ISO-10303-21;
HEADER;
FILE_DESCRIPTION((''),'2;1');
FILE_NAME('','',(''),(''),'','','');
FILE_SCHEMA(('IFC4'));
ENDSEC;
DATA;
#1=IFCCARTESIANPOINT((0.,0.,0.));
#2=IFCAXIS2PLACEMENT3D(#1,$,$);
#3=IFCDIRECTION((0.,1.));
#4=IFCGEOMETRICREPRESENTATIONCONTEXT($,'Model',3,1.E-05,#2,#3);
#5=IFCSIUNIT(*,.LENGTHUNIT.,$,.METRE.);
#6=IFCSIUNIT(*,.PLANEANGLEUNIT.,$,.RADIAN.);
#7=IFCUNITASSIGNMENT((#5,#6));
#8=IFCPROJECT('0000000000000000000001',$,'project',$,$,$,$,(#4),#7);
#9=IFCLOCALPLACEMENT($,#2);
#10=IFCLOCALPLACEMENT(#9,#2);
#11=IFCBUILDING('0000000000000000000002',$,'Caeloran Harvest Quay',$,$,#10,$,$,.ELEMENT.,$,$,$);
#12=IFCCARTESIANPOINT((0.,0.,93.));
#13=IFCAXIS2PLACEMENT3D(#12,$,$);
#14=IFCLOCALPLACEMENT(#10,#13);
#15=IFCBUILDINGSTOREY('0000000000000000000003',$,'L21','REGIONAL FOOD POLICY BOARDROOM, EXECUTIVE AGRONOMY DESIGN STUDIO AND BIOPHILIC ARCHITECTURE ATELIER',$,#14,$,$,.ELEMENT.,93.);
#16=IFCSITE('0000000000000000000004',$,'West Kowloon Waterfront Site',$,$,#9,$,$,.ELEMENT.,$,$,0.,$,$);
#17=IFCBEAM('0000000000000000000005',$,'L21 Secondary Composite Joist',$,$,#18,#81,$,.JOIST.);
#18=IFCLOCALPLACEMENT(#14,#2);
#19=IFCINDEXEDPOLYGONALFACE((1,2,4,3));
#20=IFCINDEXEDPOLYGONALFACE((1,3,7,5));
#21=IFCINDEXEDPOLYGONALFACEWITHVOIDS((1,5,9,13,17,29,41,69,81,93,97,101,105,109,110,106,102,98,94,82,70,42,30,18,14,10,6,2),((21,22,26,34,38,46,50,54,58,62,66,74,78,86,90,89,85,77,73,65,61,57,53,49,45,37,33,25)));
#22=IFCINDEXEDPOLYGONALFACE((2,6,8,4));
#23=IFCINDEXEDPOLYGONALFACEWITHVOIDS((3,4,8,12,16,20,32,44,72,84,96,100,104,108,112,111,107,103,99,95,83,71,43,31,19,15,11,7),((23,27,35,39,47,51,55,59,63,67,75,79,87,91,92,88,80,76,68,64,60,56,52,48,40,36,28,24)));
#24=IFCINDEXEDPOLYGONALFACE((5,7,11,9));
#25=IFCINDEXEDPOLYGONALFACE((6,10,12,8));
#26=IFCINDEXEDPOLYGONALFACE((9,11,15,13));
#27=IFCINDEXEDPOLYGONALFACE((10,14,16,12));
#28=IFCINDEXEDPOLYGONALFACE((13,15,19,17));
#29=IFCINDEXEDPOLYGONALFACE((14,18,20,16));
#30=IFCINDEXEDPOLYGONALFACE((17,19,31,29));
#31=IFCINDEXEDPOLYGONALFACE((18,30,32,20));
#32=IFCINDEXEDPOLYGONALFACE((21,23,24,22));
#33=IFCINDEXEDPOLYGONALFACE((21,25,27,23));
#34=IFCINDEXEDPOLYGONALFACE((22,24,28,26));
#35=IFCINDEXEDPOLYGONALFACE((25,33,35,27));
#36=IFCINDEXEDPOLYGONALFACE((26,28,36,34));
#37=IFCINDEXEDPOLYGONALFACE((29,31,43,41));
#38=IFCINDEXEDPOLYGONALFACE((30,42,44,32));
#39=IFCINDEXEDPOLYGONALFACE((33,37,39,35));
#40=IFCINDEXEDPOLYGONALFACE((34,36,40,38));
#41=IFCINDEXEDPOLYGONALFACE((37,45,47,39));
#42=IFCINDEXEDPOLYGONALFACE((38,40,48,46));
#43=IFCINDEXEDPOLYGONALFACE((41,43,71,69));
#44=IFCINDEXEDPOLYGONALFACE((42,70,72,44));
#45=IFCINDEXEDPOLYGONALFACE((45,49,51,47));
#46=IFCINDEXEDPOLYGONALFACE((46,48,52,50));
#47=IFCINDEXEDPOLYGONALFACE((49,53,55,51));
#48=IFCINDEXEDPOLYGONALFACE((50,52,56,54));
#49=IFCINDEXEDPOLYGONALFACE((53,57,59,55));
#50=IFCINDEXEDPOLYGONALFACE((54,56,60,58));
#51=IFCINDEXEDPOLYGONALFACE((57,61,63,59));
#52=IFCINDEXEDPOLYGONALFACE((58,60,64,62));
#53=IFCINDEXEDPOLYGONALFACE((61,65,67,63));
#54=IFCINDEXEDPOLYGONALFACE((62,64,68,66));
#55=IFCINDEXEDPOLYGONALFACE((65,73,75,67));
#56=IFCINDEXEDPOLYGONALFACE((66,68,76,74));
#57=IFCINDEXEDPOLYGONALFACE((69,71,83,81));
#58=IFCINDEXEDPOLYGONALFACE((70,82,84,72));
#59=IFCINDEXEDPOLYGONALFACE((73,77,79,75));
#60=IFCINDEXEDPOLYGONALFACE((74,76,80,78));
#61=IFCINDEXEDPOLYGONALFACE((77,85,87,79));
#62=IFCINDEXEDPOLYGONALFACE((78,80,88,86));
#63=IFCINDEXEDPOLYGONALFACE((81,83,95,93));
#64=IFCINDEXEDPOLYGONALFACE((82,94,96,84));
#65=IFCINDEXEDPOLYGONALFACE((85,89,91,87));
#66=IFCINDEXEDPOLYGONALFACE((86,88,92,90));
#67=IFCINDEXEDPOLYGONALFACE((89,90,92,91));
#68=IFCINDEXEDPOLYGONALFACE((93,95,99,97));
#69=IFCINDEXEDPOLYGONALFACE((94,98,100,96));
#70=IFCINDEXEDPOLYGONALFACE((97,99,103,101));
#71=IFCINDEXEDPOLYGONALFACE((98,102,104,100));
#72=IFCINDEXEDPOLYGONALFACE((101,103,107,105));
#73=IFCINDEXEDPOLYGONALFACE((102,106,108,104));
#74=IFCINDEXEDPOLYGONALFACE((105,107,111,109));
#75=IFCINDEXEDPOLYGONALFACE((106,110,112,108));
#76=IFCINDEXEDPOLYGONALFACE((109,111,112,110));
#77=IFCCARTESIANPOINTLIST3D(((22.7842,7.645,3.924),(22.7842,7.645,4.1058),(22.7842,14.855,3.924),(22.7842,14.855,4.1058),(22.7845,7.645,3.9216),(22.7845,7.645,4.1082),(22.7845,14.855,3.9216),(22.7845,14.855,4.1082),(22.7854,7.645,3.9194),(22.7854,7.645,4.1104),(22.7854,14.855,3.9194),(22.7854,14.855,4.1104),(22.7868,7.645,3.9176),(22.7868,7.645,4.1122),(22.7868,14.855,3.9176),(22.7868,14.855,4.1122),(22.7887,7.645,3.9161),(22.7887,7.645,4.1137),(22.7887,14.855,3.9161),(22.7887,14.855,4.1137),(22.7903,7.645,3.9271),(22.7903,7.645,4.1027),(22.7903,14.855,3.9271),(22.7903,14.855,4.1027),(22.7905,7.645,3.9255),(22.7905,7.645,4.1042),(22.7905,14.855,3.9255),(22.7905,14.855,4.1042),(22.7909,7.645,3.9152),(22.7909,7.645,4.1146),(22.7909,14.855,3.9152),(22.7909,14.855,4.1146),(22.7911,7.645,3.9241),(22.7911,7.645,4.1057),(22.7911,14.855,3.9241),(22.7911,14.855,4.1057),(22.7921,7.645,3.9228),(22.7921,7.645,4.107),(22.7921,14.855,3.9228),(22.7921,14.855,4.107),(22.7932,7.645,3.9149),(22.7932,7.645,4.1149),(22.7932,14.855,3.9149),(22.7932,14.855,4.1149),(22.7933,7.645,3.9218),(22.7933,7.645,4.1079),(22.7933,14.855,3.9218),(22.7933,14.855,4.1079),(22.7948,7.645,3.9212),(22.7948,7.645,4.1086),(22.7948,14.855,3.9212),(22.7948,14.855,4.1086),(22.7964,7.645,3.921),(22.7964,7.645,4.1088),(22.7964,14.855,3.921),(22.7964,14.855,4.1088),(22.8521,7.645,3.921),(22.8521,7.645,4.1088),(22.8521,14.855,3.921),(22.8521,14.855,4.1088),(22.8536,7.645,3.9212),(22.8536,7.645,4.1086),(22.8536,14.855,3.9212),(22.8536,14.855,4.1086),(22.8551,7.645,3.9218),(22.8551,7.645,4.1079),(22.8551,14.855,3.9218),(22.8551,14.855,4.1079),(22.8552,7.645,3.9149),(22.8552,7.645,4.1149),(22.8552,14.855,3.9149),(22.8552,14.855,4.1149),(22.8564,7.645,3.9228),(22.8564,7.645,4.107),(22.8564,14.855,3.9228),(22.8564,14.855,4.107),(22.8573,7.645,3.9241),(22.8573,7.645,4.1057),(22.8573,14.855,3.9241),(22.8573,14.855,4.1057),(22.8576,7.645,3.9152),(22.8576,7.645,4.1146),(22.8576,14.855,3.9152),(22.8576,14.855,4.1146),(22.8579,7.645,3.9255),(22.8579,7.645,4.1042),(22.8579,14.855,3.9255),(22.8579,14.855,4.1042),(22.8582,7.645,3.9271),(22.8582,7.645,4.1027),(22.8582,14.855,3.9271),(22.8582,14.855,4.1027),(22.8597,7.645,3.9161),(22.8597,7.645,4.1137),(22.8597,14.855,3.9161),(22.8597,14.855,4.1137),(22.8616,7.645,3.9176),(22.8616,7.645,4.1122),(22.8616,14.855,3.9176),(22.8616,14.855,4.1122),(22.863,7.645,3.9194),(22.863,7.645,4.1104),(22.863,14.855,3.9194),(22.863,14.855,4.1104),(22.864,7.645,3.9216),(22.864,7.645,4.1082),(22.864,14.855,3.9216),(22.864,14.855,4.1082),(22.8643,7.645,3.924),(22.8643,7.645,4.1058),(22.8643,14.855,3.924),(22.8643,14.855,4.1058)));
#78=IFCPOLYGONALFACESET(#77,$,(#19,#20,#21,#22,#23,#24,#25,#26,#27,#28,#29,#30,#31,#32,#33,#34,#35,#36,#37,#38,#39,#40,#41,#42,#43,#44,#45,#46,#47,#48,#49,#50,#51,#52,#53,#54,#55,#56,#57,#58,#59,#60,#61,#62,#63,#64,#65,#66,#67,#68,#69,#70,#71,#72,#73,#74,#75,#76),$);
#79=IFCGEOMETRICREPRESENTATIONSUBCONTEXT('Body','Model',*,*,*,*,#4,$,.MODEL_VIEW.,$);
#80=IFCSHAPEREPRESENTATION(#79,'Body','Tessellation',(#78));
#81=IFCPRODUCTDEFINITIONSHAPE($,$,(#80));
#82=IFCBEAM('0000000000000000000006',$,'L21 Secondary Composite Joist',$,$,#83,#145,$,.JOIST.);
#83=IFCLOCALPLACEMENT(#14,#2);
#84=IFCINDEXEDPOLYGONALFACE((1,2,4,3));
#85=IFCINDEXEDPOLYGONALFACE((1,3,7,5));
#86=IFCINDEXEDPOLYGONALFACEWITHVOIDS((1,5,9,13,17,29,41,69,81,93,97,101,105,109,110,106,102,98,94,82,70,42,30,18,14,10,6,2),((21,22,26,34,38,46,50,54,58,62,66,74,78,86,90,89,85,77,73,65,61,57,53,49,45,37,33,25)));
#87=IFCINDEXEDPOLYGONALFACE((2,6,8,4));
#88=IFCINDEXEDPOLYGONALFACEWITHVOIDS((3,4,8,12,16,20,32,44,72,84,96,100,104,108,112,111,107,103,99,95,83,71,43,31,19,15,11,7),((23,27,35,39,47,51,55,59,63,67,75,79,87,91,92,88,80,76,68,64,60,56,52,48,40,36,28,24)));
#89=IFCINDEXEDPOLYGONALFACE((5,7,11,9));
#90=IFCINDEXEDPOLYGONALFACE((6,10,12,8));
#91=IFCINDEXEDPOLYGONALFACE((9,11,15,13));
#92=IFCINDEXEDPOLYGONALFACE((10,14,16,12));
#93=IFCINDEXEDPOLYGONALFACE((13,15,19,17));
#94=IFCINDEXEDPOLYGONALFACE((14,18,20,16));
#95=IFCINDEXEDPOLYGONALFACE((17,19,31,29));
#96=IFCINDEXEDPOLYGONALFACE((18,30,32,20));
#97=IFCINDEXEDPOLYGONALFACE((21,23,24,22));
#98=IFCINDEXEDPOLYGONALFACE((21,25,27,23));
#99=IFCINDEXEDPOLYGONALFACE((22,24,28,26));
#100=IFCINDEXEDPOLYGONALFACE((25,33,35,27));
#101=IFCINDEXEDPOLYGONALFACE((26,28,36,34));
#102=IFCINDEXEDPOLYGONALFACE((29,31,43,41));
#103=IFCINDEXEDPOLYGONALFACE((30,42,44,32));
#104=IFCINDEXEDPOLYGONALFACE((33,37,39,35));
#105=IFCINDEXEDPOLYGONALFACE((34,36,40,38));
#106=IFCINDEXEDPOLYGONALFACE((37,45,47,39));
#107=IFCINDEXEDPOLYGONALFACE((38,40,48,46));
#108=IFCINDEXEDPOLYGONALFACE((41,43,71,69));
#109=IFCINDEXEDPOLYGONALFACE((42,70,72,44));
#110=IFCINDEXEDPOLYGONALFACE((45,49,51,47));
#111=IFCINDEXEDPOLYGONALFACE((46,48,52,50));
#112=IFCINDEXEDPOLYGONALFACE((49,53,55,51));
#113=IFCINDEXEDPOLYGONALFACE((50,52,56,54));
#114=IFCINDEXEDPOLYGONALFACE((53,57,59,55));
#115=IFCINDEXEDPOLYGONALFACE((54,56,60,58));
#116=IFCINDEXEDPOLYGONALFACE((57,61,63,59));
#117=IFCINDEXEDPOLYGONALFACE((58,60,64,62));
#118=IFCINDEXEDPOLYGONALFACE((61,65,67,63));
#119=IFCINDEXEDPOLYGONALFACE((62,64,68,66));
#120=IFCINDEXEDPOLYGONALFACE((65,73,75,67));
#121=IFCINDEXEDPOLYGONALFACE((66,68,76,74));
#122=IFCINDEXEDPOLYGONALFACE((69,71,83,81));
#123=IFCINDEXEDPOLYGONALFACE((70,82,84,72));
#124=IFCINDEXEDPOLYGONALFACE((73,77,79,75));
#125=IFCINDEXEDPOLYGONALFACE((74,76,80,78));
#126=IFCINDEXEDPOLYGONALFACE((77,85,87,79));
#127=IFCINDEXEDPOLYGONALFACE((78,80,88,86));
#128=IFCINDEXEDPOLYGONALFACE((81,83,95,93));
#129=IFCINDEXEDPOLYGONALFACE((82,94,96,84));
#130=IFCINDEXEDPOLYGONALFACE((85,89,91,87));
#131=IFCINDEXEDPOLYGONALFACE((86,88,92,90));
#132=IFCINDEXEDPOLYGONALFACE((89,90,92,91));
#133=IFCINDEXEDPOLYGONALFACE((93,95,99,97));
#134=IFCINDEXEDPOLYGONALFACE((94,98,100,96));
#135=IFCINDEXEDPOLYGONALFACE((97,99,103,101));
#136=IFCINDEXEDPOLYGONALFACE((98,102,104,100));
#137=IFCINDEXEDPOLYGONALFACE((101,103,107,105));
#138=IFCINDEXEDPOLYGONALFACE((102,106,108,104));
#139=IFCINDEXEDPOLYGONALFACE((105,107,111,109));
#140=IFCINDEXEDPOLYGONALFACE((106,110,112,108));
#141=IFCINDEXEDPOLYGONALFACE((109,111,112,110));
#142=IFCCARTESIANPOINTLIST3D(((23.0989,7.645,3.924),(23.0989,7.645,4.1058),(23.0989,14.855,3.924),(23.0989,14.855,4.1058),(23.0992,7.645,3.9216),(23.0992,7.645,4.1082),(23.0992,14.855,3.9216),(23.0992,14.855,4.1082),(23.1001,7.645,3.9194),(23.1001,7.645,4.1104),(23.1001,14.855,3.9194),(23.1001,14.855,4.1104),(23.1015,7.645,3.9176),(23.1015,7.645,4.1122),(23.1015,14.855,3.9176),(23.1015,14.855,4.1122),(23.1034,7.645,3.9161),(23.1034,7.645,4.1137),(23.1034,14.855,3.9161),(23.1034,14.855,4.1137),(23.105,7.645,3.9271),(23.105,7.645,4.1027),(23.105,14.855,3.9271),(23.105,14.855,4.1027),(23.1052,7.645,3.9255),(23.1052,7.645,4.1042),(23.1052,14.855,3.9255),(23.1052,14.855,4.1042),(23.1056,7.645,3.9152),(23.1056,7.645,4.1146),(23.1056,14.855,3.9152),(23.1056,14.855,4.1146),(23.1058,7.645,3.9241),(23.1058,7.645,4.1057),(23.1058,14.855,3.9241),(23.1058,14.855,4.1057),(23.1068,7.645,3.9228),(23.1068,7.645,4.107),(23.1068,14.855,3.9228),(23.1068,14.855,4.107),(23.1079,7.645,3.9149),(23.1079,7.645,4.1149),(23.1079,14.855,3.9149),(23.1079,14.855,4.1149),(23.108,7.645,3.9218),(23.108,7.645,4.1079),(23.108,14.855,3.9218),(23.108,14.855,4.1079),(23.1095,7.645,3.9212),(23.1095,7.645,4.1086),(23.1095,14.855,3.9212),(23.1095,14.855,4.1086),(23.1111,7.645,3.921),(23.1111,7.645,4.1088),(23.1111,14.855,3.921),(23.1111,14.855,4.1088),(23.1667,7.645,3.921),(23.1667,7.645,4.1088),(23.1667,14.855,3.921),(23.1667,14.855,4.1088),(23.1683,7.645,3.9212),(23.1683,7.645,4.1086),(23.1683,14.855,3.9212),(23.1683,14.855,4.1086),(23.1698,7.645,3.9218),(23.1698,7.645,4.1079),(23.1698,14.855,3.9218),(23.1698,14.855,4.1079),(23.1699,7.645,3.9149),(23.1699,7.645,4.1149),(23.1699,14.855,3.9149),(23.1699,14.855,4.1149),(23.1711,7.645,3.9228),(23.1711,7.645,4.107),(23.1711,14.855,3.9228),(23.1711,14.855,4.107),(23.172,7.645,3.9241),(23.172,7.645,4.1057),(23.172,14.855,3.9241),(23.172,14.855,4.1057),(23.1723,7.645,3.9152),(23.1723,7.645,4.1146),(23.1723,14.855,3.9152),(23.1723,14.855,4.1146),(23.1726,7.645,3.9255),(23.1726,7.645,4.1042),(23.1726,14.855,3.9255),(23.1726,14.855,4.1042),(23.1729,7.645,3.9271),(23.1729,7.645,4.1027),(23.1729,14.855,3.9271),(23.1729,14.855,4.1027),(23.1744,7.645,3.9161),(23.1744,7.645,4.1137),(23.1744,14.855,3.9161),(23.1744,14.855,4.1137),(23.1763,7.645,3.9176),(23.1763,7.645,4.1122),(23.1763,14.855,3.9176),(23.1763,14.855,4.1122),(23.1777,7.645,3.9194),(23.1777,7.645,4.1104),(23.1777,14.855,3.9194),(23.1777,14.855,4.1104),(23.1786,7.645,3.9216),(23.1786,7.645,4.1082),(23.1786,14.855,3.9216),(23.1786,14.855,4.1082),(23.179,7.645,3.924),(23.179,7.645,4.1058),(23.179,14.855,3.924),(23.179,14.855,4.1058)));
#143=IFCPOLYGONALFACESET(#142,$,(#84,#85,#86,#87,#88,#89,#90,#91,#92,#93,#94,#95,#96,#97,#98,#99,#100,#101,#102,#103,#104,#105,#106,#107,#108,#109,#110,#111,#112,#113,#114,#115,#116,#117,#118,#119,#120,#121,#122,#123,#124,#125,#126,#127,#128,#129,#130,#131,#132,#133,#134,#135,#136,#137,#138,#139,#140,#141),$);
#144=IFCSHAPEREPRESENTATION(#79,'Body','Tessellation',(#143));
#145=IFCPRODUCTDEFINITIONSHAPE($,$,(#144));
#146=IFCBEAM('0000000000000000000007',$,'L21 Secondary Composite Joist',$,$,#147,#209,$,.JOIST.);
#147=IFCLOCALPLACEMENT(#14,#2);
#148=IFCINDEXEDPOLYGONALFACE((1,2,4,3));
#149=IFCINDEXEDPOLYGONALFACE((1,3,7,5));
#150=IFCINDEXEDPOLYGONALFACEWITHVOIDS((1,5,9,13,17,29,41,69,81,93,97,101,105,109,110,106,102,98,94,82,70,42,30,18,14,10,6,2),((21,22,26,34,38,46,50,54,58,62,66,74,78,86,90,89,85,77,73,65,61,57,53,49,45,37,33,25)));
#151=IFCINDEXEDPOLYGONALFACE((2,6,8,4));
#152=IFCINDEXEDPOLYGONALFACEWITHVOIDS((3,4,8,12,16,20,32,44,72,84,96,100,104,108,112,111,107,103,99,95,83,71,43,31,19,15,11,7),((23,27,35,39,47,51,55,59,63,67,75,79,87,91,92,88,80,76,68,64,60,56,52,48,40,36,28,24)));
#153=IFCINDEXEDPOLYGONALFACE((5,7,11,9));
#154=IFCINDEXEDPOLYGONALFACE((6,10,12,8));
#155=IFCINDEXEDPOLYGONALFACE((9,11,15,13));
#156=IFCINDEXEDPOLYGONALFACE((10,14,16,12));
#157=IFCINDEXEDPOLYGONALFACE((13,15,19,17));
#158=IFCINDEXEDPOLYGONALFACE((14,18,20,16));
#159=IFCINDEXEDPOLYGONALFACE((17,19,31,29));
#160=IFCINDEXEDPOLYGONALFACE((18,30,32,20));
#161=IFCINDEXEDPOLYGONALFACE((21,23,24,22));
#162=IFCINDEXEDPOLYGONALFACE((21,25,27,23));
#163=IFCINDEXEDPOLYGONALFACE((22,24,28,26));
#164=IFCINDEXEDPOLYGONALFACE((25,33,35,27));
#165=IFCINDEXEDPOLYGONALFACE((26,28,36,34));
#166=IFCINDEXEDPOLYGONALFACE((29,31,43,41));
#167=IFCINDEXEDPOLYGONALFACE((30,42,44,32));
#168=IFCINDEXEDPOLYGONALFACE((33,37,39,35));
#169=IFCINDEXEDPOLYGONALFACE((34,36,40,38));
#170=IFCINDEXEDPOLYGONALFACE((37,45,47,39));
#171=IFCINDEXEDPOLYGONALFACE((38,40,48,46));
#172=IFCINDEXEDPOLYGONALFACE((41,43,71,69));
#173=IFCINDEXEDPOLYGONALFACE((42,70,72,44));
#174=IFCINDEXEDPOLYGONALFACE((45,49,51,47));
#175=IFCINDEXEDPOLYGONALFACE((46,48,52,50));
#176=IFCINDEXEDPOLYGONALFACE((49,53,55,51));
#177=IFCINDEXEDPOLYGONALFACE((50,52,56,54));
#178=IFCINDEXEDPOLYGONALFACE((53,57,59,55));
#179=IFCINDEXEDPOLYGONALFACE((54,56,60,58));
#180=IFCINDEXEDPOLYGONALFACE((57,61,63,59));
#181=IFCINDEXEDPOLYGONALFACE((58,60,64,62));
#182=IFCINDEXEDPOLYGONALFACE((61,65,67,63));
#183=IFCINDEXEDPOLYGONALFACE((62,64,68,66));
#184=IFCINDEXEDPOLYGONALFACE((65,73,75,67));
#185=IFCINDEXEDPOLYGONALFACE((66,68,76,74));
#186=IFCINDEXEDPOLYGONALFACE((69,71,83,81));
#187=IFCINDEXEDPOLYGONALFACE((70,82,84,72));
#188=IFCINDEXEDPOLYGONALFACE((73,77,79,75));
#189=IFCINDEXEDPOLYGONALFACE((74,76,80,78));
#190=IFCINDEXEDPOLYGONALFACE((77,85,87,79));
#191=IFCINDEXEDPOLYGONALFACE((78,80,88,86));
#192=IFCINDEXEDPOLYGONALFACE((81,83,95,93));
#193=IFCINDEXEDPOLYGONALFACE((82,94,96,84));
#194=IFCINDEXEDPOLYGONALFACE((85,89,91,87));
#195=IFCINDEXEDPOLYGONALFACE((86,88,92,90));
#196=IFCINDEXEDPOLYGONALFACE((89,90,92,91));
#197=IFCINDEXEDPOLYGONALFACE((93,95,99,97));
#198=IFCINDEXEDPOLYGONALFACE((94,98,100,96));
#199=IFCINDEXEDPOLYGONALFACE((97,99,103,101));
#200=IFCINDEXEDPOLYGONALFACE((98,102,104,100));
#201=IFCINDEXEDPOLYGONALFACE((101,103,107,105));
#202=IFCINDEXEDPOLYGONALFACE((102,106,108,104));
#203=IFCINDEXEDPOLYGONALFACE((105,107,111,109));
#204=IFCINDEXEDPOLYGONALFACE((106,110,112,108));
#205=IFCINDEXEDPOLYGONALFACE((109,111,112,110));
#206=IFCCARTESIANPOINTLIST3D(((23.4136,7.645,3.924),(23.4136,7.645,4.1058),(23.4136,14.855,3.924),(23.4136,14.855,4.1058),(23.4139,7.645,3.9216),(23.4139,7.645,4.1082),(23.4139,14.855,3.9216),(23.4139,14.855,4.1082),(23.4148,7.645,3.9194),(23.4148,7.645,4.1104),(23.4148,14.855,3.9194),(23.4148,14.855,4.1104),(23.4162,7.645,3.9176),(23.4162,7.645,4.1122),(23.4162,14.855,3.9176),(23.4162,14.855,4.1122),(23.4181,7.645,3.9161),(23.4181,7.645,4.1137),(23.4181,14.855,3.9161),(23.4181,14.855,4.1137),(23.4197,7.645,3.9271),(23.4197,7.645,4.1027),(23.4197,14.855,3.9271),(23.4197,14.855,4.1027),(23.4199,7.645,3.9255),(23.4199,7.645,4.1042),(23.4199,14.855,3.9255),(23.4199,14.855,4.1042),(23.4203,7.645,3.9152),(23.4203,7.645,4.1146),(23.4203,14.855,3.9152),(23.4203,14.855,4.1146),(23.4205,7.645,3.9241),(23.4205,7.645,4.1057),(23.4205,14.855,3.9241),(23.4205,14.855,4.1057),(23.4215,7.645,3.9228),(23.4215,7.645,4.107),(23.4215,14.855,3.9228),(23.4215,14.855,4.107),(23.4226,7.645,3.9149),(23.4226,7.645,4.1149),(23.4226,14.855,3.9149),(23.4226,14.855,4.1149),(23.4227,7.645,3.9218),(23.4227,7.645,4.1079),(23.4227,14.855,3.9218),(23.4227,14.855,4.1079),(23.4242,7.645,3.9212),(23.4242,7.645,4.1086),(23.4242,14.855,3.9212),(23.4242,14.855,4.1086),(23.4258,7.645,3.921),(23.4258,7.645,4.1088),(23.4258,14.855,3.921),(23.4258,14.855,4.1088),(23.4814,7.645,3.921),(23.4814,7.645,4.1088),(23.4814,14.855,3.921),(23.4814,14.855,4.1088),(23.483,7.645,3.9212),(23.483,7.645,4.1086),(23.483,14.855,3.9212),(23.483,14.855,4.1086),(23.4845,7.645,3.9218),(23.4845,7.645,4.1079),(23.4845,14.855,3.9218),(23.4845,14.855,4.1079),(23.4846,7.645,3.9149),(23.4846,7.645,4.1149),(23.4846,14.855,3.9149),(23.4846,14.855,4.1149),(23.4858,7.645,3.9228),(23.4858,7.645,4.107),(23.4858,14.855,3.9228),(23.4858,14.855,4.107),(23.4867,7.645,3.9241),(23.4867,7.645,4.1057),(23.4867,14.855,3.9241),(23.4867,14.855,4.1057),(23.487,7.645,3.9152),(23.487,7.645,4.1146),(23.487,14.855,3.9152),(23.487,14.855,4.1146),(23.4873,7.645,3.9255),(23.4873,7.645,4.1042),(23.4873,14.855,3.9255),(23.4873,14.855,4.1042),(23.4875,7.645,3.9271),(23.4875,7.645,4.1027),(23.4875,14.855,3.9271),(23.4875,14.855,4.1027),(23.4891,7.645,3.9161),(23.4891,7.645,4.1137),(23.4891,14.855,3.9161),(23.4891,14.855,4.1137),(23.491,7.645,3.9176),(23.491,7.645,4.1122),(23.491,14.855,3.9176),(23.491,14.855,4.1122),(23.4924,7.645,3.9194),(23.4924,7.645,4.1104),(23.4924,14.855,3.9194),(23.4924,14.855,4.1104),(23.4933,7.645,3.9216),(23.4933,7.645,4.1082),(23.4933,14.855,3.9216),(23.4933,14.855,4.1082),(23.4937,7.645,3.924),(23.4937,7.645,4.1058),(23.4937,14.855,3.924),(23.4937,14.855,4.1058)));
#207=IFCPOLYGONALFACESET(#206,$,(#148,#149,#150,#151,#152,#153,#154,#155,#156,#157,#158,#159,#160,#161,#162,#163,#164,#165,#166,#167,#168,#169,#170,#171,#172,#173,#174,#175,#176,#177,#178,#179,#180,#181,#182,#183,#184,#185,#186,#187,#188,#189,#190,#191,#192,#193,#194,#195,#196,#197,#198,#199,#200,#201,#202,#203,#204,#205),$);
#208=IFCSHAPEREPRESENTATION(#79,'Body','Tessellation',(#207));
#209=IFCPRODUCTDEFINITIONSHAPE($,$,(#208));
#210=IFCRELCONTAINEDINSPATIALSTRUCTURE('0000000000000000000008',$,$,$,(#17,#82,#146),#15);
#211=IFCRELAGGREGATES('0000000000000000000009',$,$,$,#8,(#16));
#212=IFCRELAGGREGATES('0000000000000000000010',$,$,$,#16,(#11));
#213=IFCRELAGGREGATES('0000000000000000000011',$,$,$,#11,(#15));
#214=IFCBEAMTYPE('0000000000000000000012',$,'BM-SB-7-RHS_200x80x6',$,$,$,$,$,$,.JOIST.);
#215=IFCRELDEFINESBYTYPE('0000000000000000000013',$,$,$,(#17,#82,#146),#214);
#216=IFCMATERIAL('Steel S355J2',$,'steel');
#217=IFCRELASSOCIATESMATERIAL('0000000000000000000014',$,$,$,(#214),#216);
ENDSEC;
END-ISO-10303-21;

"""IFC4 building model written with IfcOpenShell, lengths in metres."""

from ifc_helpers import new_model, si_unit, direction, frame, origin, origin_2d, place, context, subcontext, project, spatial, hollow_rectangle, extrude, material, material_profile, profile_set, type_object, element, save


model = new_model("IFC4")

# Units and contexts
model_context = context("Model", 3, precision=1e-05, world=origin(), true_north=direction((0.0, 1.0)))
body_context = subcontext(model_context, "Body", "Model", "MODEL_VIEW")
ifc_project = project(units=[si_unit("LENGTHUNIT", "METRE"), si_unit("PLANEANGLEUNIT", "RADIAN")], contexts=[model_context])

# Site, building, storey
site_placement = place(None, origin())
site = spatial("IfcSite", under=ifc_project, at=site_placement, Name="West Kowloon Waterfront Site", CompositionType="ELEMENT", RefElevation=0.0)
building_placement = place(site_placement, origin())
building = spatial("IfcBuilding", under=site, at=building_placement, Name="Caeloran Harvest Quay", CompositionType="ELEMENT")
storey_placement = place(building_placement, frame((0.0, 0.0, 93.0)))
storey = spatial("IfcBuildingStorey", under=building, at=storey_placement, Name="L21", Description="REGIONAL FOOD POLICY BOARDROOM, EXECUTIVE AGRONOMY DESIGN STUDIO AND BIOPHILIC ARCHITECTURE ATELIER", CompositionType="ELEMENT", Elevation=93.0)

# Beams
ifc_material_1 = material(Name="Steel S355J2", Category="steel")
ifc_material_profile_1 = material_profile(ifc_material_1, hollow_rectangle(XDim=0.0801, YDim=0.2, WallThickness=0.0061, InnerFilletRadius=0.0061, OuterFilletRadius=0.009, at=origin_2d()), Name="RHS 200x80x6")
ifc_profile_set_1 = profile_set([ifc_material_profile_1], Name="Steel S355J2")
beam_type_1 = type_object("IfcBeamType", Name="BM-SB-7-RHS_200x80x6", PredefinedType="JOIST", material=ifc_profile_set_1)
for number, where, z_axis, x_axis, name in (
    (1, (22.8242, 7.645, 4.0149), (0.0, 1.0, 0.0), (-1.0, 0.0, 0.0), "L21 Secondary Composite Joist"),
    (2, (23.1389, 7.645, 4.0149), (0.0, 1.0, 0.0), (-1.0, 0.0, 0.0), "L21 Secondary Composite Joist"),
    (3, (23.4536, 7.645, 4.0149), (0.0, 1.0, 0.0), (-1.0, 0.0, 0.0), "L21 Secondary Composite Joist"),
):
    element("IfcBeam", number, at=place(storey_placement, frame(where, z_axis=z_axis, x_axis=x_axis)), inside=storey, type_object=beam_type_1, Name=name, PredefinedType="JOIST", context=body_context, shape_type="SweptSolid", body=[
        extrude(hollow_rectangle(XDim=0.0801, YDim=0.2, WallThickness=0.0061, InnerFilletRadius=0.0061, OuterFilletRadius=0.009, at=origin_2d()), origin(), (0.0, 0.0, 1.0), 7.21),
    ])

save(model, "model.ifc")
